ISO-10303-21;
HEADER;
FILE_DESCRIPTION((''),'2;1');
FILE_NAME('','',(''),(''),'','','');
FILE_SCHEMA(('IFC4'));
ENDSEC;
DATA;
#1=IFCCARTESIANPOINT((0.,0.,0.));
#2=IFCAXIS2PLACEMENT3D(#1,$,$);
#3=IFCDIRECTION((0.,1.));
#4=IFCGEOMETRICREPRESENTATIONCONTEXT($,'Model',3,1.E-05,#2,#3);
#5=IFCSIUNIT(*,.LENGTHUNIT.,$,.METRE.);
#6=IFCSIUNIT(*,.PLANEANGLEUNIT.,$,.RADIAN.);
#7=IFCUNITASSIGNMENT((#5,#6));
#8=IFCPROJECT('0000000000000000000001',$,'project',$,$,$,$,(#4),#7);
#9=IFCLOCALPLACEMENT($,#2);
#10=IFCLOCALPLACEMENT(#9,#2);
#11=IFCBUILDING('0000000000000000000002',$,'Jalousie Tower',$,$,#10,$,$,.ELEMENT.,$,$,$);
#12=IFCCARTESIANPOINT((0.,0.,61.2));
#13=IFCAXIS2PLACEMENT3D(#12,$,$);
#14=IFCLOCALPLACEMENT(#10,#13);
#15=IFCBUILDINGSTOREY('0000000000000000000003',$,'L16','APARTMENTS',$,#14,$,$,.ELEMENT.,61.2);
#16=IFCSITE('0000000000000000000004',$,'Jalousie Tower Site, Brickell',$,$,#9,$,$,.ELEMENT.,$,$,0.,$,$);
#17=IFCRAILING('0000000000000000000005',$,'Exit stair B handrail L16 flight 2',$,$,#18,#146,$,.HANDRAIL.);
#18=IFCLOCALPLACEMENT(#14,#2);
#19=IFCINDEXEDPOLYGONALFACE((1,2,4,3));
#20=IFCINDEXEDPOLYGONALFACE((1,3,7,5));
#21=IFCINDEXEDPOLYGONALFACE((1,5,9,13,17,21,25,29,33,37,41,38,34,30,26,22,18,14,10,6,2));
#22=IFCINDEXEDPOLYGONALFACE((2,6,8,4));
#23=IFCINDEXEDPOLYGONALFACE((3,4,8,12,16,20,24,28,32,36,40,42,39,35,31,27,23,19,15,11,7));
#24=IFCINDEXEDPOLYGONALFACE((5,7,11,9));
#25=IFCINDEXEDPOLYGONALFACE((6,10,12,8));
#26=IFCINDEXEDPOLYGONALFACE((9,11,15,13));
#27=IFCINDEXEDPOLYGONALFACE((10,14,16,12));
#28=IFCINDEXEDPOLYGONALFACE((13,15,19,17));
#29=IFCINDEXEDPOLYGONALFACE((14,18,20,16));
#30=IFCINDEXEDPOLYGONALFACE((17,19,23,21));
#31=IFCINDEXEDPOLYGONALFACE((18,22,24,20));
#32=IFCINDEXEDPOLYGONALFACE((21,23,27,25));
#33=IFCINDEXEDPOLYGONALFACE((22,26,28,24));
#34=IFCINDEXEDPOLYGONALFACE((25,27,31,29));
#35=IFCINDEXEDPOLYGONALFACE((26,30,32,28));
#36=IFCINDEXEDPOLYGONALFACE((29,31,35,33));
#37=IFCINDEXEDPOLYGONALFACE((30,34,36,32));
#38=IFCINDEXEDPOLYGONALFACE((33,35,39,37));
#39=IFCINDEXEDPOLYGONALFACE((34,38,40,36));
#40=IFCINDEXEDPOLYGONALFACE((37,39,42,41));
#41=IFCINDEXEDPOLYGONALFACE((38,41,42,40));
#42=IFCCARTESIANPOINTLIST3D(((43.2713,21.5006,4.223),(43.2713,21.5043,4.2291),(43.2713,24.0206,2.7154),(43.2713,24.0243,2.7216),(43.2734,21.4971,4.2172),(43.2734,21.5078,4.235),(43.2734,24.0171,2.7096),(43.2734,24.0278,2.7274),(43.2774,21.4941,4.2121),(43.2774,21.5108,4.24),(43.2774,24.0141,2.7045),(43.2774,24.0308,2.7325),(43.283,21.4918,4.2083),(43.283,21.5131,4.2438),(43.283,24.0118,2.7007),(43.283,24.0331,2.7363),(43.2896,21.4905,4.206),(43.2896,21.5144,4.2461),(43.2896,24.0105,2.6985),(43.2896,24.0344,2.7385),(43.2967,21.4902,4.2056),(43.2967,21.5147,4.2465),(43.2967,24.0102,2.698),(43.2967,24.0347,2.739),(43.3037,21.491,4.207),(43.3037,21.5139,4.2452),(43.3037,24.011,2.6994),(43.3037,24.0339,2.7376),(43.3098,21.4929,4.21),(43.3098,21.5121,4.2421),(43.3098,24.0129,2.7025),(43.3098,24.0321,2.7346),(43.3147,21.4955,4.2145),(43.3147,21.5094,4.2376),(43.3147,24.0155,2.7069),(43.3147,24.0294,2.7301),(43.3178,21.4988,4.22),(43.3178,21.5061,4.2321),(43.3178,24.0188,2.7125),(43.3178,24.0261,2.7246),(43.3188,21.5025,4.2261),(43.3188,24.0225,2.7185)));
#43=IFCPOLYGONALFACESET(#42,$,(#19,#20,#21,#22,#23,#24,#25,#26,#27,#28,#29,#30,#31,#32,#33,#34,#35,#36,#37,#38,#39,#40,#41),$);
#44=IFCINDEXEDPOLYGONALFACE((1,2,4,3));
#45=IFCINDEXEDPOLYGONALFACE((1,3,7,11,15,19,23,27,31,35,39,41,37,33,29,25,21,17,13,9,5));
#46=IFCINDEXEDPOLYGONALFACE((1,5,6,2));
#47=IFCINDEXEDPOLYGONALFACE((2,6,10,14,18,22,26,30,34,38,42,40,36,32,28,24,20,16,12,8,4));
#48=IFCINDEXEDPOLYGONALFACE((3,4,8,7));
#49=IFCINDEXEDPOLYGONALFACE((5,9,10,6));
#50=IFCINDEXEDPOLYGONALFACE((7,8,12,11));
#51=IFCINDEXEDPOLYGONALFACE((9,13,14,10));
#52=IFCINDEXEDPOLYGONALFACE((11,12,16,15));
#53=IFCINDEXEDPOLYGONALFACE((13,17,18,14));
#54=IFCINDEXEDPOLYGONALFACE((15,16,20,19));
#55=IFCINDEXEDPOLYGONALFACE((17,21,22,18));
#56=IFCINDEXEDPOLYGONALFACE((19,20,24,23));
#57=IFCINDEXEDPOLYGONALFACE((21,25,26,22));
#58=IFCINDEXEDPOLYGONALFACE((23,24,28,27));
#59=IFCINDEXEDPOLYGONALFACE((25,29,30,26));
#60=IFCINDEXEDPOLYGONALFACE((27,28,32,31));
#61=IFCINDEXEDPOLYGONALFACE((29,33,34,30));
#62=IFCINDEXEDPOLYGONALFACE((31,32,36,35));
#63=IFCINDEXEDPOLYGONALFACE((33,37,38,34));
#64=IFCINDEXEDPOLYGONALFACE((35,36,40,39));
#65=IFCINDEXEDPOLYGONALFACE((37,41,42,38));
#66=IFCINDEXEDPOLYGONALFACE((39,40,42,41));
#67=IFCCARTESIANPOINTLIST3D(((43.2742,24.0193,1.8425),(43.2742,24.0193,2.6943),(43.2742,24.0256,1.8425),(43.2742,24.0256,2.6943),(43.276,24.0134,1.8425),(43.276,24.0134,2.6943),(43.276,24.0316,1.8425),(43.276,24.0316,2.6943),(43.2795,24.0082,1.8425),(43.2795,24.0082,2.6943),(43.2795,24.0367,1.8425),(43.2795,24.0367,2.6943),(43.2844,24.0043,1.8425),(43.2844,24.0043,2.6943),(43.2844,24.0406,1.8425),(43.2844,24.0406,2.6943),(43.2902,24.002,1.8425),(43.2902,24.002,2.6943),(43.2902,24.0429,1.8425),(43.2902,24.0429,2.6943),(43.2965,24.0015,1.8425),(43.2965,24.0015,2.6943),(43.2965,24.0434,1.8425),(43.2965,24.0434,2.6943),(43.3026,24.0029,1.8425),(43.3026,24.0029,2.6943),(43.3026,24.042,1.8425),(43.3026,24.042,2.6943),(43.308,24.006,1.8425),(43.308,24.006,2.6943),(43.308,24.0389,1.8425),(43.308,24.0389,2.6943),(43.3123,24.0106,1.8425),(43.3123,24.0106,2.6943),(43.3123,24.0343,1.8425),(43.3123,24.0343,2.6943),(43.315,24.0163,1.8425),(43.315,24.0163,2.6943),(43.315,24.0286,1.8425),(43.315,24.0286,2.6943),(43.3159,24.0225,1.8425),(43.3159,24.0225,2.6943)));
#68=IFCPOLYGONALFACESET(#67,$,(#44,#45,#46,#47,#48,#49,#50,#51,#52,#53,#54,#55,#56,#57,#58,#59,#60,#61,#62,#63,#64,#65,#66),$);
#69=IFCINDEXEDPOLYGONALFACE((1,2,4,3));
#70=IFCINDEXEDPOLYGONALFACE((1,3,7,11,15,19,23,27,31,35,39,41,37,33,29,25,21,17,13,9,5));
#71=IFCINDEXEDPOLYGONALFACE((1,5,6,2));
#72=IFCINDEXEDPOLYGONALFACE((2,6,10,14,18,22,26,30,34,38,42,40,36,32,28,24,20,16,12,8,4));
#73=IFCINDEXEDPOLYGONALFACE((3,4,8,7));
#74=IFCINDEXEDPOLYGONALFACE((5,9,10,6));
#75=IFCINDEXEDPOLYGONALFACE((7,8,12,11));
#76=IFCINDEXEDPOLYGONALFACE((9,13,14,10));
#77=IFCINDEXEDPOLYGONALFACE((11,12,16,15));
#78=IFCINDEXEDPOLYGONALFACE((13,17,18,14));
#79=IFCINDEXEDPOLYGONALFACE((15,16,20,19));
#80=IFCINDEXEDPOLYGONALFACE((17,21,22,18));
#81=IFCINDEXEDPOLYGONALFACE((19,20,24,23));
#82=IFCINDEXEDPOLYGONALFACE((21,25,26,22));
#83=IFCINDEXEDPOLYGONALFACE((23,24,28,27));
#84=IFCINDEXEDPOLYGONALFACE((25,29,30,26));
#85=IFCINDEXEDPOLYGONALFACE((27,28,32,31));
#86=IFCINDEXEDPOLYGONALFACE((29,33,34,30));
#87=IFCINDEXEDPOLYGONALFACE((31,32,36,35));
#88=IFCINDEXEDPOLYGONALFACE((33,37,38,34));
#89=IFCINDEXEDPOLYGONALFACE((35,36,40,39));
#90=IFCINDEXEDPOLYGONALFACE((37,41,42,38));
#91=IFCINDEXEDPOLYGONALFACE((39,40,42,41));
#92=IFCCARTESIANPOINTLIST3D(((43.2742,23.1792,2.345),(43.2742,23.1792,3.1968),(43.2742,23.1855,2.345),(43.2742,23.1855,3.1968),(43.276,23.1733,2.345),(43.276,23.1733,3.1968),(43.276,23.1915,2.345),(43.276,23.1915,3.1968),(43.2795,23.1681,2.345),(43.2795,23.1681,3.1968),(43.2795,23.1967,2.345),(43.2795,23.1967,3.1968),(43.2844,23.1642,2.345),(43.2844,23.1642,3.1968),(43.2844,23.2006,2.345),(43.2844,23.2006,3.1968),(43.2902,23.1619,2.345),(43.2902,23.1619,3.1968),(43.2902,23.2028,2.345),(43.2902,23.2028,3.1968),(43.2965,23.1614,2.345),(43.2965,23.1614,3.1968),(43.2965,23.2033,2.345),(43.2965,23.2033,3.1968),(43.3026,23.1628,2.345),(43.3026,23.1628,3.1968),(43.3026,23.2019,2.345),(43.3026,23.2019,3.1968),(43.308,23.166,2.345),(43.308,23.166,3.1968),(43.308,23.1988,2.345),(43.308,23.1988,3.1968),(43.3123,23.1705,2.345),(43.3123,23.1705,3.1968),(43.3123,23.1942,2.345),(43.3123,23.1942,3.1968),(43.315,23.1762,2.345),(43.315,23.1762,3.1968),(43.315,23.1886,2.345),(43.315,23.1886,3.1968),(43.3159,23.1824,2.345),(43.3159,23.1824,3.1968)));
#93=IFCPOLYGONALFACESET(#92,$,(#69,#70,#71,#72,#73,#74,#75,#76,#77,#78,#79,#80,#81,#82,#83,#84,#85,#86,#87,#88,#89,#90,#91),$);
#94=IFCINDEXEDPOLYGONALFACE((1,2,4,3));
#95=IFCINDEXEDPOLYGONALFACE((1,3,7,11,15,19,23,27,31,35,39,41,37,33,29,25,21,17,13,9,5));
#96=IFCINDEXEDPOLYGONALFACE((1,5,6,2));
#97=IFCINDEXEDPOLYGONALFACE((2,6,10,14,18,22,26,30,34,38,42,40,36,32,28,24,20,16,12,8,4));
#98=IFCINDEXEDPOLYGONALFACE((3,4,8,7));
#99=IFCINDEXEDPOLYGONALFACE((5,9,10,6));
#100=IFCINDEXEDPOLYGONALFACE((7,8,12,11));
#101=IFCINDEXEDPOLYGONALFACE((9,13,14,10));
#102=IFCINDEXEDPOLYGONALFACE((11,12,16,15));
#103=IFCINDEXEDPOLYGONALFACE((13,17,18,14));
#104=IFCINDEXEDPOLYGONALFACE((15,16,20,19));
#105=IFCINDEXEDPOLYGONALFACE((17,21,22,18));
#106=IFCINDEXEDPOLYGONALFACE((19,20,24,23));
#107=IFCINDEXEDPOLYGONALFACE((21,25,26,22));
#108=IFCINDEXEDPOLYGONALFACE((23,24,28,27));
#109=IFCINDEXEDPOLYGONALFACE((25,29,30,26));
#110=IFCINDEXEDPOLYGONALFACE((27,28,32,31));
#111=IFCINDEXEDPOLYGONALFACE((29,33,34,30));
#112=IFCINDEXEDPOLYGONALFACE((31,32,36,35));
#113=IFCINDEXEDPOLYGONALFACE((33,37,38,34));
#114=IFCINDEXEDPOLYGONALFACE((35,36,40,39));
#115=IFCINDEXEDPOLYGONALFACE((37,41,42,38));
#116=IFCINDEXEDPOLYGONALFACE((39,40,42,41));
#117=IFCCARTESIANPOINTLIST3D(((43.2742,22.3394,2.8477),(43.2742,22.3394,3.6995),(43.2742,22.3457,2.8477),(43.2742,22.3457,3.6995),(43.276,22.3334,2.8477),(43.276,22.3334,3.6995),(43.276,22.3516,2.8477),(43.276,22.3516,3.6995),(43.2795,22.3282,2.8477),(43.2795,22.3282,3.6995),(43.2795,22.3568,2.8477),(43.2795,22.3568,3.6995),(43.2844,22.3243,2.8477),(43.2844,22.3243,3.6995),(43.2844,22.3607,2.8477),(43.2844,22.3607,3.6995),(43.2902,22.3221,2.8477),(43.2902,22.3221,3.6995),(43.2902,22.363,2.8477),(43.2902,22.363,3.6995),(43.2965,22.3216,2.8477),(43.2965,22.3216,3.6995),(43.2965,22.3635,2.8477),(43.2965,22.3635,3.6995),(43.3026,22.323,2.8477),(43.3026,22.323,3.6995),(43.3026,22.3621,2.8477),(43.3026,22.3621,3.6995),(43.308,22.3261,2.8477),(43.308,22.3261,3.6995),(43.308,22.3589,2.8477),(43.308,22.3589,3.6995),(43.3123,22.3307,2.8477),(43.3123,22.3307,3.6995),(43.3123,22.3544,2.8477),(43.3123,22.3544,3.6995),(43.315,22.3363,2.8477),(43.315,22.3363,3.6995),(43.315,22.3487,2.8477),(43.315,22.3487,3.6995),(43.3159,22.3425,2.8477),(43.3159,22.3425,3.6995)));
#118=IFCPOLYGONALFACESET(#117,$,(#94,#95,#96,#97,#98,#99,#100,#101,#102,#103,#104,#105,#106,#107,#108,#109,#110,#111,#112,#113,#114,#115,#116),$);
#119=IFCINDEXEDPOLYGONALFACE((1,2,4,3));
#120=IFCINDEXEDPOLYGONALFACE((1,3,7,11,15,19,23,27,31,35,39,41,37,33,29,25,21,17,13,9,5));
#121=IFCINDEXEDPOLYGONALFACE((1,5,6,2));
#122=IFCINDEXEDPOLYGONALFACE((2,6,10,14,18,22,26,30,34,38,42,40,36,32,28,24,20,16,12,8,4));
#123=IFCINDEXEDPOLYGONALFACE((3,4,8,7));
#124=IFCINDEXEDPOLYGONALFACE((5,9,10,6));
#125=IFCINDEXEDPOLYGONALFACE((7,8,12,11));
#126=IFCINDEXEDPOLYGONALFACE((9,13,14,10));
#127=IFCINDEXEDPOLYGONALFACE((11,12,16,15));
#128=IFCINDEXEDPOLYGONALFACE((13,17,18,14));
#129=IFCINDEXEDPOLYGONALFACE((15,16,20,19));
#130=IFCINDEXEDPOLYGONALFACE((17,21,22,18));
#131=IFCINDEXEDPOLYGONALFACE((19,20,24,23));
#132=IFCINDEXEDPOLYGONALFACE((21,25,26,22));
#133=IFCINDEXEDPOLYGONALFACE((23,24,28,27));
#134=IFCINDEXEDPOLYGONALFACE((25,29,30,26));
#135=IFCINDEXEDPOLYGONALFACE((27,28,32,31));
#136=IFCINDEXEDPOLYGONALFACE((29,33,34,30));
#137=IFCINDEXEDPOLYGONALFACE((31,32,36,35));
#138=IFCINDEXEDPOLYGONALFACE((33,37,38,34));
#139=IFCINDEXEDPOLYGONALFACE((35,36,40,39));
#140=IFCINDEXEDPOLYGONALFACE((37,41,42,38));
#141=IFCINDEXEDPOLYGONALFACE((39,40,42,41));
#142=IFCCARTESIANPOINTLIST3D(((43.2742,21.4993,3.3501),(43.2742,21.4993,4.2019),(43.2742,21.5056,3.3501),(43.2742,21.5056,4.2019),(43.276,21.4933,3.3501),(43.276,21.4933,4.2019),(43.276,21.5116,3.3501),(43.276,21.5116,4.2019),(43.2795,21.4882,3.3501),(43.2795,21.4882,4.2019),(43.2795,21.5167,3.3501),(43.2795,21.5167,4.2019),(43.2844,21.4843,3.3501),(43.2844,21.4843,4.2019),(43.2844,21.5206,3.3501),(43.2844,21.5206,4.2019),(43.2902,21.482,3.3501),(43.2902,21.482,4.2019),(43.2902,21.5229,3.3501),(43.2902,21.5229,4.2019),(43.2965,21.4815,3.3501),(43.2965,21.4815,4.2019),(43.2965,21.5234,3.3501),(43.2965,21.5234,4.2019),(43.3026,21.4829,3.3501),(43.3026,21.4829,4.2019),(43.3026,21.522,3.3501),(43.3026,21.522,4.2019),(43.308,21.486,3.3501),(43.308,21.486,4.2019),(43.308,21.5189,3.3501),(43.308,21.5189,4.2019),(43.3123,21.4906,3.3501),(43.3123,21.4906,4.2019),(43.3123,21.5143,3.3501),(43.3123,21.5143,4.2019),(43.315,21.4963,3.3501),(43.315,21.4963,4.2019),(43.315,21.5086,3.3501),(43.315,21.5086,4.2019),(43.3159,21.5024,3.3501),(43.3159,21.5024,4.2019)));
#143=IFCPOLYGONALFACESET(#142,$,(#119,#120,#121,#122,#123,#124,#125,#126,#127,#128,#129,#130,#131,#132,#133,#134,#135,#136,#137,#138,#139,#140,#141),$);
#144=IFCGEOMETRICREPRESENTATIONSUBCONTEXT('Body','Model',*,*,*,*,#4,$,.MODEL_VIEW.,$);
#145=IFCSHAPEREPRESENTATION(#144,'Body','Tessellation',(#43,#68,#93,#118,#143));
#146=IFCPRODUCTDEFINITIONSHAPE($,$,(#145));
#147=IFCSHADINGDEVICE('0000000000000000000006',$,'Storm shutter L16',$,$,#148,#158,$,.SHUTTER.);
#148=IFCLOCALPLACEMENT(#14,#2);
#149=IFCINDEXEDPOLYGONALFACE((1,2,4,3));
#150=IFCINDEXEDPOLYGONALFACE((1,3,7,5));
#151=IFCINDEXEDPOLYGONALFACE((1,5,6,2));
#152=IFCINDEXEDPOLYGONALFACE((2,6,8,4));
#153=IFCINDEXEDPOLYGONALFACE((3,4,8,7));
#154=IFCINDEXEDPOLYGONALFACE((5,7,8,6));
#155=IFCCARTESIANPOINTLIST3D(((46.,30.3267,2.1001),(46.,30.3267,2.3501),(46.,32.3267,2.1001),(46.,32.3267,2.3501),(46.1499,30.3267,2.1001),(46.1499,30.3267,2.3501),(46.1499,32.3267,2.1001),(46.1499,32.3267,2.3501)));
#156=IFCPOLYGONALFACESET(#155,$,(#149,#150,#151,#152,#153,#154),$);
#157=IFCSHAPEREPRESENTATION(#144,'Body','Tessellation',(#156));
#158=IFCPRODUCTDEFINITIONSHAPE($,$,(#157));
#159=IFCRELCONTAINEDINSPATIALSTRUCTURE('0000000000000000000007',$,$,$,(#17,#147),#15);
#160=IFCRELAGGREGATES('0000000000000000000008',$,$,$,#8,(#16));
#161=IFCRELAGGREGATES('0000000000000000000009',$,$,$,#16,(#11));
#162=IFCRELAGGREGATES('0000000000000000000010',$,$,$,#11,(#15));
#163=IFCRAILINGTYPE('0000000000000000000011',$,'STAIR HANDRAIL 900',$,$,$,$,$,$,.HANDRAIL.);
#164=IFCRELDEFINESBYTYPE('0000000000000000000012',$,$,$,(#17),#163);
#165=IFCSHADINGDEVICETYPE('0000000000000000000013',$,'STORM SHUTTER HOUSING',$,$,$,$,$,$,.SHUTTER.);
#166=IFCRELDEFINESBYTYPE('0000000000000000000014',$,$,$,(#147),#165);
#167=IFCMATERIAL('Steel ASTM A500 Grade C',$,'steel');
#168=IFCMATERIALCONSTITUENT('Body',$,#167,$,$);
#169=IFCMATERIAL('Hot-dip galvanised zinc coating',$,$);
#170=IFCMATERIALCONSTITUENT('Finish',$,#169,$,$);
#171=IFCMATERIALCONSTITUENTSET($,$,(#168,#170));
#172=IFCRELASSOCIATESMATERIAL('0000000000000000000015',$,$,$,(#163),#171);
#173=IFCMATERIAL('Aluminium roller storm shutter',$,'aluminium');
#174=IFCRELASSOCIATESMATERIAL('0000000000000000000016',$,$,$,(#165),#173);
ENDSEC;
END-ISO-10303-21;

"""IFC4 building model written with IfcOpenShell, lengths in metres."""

from ifc_helpers import new_model, si_unit, direction, frame, origin, origin_2d, place, context, subcontext, project, spatial, rectangle, circle, extrude, material, constituent, constituent_set, type_object, element, save


model = new_model("IFC4")

# Units and contexts
model_context = context("Model", 3, precision=1e-05, world=origin(), true_north=direction((0.0, 1.0)))
body_context = subcontext(model_context, "Body", "Model", "MODEL_VIEW")
ifc_project = project(units=[si_unit("LENGTHUNIT", "METRE"), si_unit("PLANEANGLEUNIT", "RADIAN")], contexts=[model_context])

# Site, building, storey
site_placement = place(None, origin())
site = spatial("IfcSite", under=ifc_project, at=site_placement, Name="Jalousie Tower Site, Brickell", CompositionType="ELEMENT", RefElevation=0.0)
building_placement = place(site_placement, origin())
building = spatial("IfcBuilding", under=site, at=building_placement, Name="Jalousie Tower", CompositionType="ELEMENT")
storey_placement = place(building_placement, frame((0.0, 0.0, 61.2)))
storey = spatial("IfcBuildingStorey", under=building, at=storey_placement, Name="L16", Description="APARTMENTS", CompositionType="ELEMENT", Elevation=61.2)

# Railing
ifc_material_1 = material(Name="Steel ASTM A500 Grade C", Category="steel")
ifc_constituent_1 = constituent(ifc_material_1, Name="Body")
ifc_material_2 = material(Name="Hot-dip galvanised zinc coating")
ifc_constituent_2 = constituent(ifc_material_2, Name="Finish")
ifc_constituent_set_1 = constituent_set(constituents=[ifc_constituent_1, ifc_constituent_2])
railing_type_1 = type_object("IfcRailingType", Name="STAIR HANDRAIL 900", PredefinedType="HANDRAIL", material=ifc_constituent_set_1)
railing_1_placement = place(storey_placement, frame((43.2949, 24.0225, 1.8425)))
element("IfcRailing", 1, at=railing_1_placement, inside=storey, type_object=railing_type_1, Name="Exit stair B handrail L16 flight 2", PredefinedType="HANDRAIL", context=body_context, shape_type="SweptSolid", body=[
    extrude(circle(Radius=0.0239, at=origin_2d()), frame((0.0, 0.0, 0.876), z_axis=(0.0, -0.85816, 0.513383), x_axis=(1.0, 0.0, 0.0)), (0.0, 0.0, 1.0), 2.9365),
    extrude(circle(Radius=0.021, at=origin_2d()), origin(), (0.0, 0.0, 1.0), 0.8518),
    extrude(circle(Radius=0.021, at=origin_2d()), frame((0.0, -0.8401, 0.5024)), (0.0, 0.0, 1.0), 0.8518),
    extrude(circle(Radius=0.021, at=origin_2d()), frame((0.0, -1.6799, 1.0051)), (0.0, 0.0, 1.0), 0.8518),
    extrude(circle(Radius=0.021, at=origin_2d()), frame((0.0, -2.52, 1.5076)), (0.0, 0.0, 1.0), 0.8518),
])

# Shading device
ifc_material_3 = material(Name="Aluminium roller storm shutter", Category="aluminium")
shading_device_type = type_object("IfcShadingDeviceType", Name="STORM SHUTTER HOUSING", PredefinedType="SHUTTER", material=ifc_material_3)
shading_device_placement = place(storey_placement, frame((46.075, 31.3267, 2.1001), z_axis=(0.0, 0.0, 1.0), x_axis=(0.0, 1.0, 0.0)))
element("IfcShadingDevice", 2, at=shading_device_placement, inside=storey, type_object=shading_device_type, Name="Storm shutter L16", PredefinedType="SHUTTER", context=body_context, shape_type="SweptSolid", body=[
    extrude(rectangle(XDim=2.0, YDim=0.1499, at=origin_2d()), origin(), (0.0, 0.0, 1.0), 0.25),
])

save(model, "model.ifc")
